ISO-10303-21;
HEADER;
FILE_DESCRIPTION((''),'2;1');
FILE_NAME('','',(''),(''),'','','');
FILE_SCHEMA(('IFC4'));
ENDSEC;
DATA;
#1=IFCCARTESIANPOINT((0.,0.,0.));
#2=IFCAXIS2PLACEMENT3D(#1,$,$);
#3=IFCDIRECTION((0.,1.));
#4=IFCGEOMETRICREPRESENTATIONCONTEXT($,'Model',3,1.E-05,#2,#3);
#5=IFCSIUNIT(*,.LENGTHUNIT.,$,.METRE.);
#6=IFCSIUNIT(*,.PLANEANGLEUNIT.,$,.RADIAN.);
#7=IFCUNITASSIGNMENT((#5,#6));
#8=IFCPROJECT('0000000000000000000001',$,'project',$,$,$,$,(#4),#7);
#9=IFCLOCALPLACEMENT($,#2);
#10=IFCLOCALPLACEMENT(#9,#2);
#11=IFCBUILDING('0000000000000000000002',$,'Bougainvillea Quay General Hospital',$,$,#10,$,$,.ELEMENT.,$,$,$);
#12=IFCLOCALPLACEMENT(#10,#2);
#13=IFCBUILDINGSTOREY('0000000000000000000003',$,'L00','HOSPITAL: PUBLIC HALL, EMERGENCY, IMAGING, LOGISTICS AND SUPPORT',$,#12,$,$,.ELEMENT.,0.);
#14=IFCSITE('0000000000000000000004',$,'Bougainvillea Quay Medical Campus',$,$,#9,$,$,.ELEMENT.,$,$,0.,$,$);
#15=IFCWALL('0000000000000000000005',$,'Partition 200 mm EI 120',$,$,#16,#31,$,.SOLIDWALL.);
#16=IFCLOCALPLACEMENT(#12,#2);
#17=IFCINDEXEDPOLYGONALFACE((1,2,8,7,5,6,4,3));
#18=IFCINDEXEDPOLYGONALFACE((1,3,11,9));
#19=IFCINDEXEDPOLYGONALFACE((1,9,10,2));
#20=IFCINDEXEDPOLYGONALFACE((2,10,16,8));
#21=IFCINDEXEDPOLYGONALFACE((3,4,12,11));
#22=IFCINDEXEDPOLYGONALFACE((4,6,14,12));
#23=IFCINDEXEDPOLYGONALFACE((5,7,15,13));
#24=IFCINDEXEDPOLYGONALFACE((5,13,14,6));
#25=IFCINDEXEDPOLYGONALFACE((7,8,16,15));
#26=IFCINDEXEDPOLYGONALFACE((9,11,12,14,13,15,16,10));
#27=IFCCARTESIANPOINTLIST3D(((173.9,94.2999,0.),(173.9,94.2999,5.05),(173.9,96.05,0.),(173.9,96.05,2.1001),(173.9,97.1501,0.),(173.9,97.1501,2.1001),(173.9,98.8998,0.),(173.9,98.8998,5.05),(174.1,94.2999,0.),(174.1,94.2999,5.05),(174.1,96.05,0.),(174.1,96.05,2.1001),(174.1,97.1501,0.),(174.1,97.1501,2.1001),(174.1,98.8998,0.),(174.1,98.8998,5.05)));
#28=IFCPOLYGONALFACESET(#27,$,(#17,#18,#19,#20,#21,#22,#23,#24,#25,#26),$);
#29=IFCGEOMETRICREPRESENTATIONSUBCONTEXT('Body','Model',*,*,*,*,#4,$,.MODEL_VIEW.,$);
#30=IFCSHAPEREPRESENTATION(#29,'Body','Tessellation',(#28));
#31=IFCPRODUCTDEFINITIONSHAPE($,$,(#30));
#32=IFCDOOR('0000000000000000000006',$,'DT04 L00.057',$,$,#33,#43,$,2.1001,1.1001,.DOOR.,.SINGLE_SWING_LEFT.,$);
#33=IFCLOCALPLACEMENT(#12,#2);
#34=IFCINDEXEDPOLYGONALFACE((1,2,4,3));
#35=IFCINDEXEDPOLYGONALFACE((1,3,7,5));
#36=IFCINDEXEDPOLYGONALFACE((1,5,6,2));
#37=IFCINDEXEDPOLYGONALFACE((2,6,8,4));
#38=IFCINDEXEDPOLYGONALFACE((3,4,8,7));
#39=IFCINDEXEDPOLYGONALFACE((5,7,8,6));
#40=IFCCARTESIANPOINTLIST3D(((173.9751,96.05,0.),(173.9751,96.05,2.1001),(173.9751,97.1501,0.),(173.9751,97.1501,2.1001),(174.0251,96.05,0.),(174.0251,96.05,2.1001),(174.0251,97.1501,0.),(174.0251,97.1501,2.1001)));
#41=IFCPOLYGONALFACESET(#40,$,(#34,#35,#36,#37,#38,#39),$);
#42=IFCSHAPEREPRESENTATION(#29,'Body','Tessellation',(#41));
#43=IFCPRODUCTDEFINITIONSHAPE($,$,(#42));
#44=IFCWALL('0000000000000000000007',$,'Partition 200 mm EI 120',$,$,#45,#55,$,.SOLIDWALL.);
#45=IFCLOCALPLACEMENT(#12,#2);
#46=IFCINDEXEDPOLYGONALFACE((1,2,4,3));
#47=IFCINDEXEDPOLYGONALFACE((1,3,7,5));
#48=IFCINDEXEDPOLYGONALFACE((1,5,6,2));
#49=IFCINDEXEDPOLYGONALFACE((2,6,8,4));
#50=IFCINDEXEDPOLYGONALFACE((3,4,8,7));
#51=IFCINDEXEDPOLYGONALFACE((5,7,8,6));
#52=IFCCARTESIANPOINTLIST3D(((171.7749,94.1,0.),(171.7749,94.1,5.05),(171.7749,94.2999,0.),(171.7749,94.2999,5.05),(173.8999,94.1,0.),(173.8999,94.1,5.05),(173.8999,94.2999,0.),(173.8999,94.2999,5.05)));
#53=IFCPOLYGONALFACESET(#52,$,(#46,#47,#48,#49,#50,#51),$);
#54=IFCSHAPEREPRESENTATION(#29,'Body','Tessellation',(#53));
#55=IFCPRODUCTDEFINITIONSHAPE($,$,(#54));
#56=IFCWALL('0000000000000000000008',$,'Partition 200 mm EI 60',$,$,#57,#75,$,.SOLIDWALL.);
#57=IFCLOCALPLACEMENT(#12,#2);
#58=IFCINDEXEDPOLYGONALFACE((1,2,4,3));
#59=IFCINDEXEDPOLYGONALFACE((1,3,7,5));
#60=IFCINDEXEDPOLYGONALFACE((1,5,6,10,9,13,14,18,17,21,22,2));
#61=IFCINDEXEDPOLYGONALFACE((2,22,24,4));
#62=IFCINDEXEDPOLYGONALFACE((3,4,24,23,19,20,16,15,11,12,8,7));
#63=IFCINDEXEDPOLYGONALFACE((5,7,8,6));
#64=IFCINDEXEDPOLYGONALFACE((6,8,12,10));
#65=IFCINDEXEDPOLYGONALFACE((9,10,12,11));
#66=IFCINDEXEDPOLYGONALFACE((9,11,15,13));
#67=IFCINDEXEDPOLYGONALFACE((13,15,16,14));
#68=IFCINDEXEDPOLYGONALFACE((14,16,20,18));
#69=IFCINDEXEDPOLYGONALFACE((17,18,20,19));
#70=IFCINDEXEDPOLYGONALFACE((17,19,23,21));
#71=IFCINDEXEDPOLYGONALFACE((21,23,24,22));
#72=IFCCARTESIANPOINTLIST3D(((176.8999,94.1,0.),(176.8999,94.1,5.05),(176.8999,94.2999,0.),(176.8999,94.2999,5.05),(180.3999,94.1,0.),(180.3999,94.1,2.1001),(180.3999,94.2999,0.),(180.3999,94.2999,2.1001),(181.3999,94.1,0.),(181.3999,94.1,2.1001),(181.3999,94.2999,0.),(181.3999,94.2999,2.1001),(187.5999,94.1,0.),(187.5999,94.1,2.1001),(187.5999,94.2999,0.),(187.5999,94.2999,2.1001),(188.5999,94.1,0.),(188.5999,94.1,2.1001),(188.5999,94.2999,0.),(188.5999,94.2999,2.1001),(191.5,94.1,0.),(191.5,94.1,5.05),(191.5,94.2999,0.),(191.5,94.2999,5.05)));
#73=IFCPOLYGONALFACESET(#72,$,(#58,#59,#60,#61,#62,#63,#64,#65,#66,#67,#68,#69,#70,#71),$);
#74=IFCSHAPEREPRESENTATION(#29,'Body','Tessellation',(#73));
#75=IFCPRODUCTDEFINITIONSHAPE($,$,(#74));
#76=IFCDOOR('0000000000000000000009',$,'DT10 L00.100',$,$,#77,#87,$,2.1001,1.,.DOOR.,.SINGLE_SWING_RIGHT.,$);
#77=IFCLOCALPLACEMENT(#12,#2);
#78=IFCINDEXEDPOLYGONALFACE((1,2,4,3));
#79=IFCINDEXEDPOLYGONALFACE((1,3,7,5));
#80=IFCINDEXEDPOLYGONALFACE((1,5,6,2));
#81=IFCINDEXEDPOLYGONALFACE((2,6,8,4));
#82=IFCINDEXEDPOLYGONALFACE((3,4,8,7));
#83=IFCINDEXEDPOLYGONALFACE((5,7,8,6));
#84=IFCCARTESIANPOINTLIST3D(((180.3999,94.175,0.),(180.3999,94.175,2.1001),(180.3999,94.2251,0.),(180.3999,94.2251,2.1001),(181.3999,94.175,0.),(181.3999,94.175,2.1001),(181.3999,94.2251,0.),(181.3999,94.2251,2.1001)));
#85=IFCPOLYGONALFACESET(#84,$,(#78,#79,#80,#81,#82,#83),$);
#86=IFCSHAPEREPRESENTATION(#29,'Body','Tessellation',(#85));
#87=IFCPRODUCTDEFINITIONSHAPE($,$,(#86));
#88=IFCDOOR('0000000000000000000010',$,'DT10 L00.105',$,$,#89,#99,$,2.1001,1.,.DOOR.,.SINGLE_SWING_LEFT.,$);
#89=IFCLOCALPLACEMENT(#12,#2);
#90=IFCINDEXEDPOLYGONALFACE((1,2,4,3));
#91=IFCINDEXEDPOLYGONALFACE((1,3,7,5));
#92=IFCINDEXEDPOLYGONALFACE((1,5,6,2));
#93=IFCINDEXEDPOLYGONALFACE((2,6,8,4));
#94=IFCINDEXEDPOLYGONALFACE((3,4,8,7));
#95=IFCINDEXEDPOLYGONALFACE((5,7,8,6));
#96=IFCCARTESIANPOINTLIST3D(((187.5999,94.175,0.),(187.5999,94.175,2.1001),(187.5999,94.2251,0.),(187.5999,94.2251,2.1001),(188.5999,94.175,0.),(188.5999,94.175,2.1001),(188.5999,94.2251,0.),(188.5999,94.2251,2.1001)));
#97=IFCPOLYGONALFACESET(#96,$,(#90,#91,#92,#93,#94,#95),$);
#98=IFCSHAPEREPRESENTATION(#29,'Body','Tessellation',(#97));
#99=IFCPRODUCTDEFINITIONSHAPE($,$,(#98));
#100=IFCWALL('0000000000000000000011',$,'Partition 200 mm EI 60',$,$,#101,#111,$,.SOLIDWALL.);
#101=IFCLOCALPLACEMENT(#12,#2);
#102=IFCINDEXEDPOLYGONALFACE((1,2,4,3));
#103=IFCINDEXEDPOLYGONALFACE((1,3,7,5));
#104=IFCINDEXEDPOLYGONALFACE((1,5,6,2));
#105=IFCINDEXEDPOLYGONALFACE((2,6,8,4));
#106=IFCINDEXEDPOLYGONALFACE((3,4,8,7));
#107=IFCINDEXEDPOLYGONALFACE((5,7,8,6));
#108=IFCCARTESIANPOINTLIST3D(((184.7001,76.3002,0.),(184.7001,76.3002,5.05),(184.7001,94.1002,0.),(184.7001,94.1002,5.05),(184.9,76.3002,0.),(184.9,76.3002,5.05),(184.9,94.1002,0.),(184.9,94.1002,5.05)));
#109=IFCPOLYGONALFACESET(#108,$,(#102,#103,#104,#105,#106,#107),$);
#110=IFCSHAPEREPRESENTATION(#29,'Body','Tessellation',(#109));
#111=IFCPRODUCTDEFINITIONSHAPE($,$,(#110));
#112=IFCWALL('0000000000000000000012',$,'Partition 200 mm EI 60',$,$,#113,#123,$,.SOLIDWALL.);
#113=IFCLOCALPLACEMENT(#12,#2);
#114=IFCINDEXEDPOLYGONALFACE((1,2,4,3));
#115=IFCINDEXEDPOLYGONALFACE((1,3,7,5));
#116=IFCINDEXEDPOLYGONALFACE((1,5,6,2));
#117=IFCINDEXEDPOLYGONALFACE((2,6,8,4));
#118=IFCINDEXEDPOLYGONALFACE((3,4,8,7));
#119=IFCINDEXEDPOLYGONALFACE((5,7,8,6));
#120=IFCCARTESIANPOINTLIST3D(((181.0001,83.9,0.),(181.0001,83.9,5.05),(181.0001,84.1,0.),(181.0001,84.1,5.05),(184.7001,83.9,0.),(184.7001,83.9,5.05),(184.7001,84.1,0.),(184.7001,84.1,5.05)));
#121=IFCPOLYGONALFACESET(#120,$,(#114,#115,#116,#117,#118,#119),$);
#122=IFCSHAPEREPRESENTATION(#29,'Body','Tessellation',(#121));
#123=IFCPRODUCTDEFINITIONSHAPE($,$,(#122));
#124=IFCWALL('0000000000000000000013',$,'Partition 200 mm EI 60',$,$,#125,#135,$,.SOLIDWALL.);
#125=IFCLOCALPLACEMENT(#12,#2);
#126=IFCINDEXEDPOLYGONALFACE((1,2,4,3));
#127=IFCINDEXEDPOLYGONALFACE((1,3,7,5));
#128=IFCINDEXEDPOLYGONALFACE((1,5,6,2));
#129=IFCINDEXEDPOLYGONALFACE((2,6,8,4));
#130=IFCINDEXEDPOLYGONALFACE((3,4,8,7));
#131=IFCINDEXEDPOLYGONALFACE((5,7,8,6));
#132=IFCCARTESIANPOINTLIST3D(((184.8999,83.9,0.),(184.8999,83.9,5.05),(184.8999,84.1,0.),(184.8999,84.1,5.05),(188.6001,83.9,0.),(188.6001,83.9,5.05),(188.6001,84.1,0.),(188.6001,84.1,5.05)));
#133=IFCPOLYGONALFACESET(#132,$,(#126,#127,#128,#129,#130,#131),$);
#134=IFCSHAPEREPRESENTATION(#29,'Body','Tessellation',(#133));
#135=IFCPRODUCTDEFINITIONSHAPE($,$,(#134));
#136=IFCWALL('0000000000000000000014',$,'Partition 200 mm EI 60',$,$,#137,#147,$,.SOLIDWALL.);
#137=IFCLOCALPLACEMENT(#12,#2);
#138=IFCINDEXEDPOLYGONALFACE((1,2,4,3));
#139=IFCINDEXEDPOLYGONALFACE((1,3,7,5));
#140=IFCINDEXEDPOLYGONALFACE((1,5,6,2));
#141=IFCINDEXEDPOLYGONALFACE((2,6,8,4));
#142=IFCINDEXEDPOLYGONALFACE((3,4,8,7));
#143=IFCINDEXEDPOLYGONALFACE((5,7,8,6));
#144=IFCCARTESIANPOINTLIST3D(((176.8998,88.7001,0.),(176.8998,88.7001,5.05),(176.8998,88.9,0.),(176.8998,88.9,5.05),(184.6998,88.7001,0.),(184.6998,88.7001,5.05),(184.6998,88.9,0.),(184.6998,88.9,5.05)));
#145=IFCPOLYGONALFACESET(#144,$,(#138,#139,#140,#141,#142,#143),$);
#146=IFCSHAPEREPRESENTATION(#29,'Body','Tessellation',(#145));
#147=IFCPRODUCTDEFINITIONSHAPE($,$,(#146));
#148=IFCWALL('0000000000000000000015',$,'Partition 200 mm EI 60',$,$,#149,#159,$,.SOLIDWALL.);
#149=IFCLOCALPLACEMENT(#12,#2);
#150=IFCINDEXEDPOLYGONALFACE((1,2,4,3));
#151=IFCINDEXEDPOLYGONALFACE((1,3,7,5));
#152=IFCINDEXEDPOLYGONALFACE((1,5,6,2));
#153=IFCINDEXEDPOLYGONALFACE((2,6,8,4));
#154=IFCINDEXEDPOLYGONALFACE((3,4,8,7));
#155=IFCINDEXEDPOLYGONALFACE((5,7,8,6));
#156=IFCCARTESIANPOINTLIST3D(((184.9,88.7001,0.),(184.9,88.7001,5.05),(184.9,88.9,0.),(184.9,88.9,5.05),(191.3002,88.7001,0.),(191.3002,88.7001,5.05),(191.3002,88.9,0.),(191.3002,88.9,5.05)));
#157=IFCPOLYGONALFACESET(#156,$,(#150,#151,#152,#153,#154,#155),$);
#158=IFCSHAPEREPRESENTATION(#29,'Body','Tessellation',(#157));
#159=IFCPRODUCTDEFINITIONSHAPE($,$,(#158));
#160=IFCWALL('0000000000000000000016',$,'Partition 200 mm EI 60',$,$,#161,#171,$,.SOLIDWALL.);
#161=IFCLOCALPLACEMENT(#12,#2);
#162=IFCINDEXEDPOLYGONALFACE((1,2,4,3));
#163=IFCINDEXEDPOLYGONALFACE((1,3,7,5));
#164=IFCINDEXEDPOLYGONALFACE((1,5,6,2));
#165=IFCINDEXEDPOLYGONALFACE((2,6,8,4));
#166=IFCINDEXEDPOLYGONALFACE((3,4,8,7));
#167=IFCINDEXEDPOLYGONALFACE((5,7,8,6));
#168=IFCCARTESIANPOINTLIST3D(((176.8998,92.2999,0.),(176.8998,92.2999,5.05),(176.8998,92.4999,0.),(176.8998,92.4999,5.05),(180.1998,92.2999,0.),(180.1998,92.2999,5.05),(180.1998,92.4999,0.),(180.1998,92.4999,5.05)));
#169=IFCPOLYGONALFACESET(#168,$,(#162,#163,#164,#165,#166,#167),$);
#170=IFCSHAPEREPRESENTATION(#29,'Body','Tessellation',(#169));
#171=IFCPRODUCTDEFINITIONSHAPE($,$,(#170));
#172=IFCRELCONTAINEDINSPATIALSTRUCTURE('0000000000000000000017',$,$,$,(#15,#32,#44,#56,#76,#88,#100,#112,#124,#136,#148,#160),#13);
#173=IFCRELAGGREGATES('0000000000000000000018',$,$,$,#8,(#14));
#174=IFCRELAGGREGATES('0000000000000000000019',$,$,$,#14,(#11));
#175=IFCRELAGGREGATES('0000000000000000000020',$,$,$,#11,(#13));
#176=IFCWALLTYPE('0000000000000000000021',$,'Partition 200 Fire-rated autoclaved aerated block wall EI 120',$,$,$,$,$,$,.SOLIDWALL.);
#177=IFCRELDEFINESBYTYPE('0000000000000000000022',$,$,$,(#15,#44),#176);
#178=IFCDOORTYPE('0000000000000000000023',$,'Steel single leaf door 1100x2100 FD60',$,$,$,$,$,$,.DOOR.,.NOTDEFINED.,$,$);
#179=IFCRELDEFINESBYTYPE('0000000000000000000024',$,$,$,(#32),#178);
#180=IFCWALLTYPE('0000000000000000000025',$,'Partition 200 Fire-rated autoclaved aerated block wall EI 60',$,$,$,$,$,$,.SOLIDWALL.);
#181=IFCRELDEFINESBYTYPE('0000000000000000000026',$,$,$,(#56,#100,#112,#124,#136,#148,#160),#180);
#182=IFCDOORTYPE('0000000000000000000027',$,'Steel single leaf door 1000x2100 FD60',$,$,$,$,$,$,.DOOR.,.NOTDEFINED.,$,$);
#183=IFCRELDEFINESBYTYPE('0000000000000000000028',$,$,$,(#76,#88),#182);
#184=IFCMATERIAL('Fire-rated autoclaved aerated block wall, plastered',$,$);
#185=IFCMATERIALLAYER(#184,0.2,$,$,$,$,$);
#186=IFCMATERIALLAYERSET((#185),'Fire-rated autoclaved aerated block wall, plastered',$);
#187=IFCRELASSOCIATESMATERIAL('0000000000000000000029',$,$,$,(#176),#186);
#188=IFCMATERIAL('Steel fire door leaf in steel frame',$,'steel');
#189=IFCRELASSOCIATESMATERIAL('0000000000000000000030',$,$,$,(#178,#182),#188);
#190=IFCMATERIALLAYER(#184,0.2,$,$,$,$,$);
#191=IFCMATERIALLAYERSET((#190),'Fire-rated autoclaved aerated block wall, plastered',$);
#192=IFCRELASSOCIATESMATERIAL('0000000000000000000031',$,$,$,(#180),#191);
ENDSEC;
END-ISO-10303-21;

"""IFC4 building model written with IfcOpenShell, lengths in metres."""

from ifc_helpers import new_model, si_unit, direction, frame, frame_2d, origin, place, context, subcontext, project, spatial, rectangle, extrude, material, layer, layer_set, type_object, element, fill, save


model = new_model("IFC4")

# Units and contexts
model_context = context("Model", 3, precision=1e-05, world=origin(), true_north=direction((0.0, 1.0)))
body_context = subcontext(model_context, "Body", "Model", "MODEL_VIEW")
ifc_project = project(units=[si_unit("LENGTHUNIT", "METRE"), si_unit("PLANEANGLEUNIT", "RADIAN")], contexts=[model_context])

# Site, building, storey
site_placement = place(None, origin())
site = spatial("IfcSite", under=ifc_project, at=site_placement, Name="Bougainvillea Quay Medical Campus", CompositionType="ELEMENT", RefElevation=0.0)
building_placement = place(site_placement, origin())
building = spatial("IfcBuilding", under=site, at=building_placement, Name="Bougainvillea Quay General Hospital", CompositionType="ELEMENT")
storey_placement = place(building_placement, origin())
storey = spatial("IfcBuildingStorey", under=building, at=storey_placement, Name="L00", Description="HOSPITAL: PUBLIC HALL, EMERGENCY, IMAGING, LOGISTICS AND SUPPORT", CompositionType="ELEMENT", Elevation=0.0)

# Wall, opening, door
ifc_material_1 = material(Name="Fire-rated autoclaved aerated block wall, plastered")
ifc_layer_1 = layer(ifc_material_1, 0.2)
ifc_layer_set_1 = layer_set([ifc_layer_1], Name="Fire-rated autoclaved aerated block wall, plastered")
wall_type_1 = type_object("IfcWallType", Name="Partition 200 Fire-rated autoclaved aerated block wall EI 120", PredefinedType="SOLIDWALL", material=ifc_layer_set_1)
wall_1_placement = place(storey_placement, frame((174.0, 94.3, 0.0), z_axis=(0.0, 0.0, 1.0), x_axis=(0.0, 1.0, 0.0)))
wall_1 = element("IfcWall", 1, at=wall_1_placement, inside=storey, type_object=wall_type_1, Name="Partition 200 mm EI 120", PredefinedType="SOLIDWALL", context=body_context, shape_type="SweptSolid", body=[
    extrude(rectangle(XDim=4.5999, YDim=0.2, at=frame_2d((2.2998, 0.0))), origin(), (0.0, 0.0, 1.0), 5.05),
])
opening_1_placement = place(wall_1_placement, frame((1.75, 0.0, 0.0)))
opening_1 = element("IfcOpeningElement", 2, at=opening_1_placement, cuts=wall_1, PredefinedType="OPENING", context=body_context, shape_type="SweptSolid", body=[
    extrude(rectangle(XDim=1.1001, YDim=2.1001, at=frame_2d((0.55, 1.05))), frame((0.0, 0.1099, 0.0), z_axis=(0.0, -1.0, 0.0), x_axis=(1.0, 0.0, 0.0)), (0.0, 0.0, 1.0), 0.22),
])
ifc_material_2 = material(Name="Steel fire door leaf in steel frame", Category="steel")
door_type_1 = type_object("IfcDoorType", Name="Steel single leaf door 1100x2100 FD60", OperationType="NOTDEFINED", PredefinedType="DOOR", material=ifc_material_2)
door_1_placement = place(opening_1_placement, origin())
door_1 = element("IfcDoor", 3, at=door_1_placement, inside=storey, type_object=door_type_1, Name="DT04 L00.057", OperationType="SINGLE_SWING_LEFT", OverallHeight=2.1001, OverallWidth=1.1001, PredefinedType="DOOR", context=body_context, shape_type="SweptSolid", body=[
    extrude(rectangle(XDim=1.1001, YDim=2.1001, at=frame_2d((0.55, 1.05))), frame((0.0, 0.0249, 0.0), z_axis=(0.0, -1.0, 0.0), x_axis=(1.0, 0.0, 0.0)), (0.0, 0.0, 1.0), 0.05),
])
fill(opening_1, door_1)

# Wall
wall_2_placement = place(storey_placement, frame((171.7749, 94.2, 0.0), z_axis=(0.0, 0.0, 1.0), x_axis=(1.0, 0.0, 0.0)))
element("IfcWall", 4, at=wall_2_placement, inside=storey, type_object=wall_type_1, Name="Partition 200 mm EI 120", PredefinedType="SOLIDWALL", context=body_context, shape_type="SweptSolid", body=[
    extrude(rectangle(XDim=2.125, YDim=0.2, at=frame_2d((1.0625, 0.0))), origin(), (0.0, 0.0, 1.0), 5.05),
])

# Wall, openings, doors
ifc_layer_2 = layer(ifc_material_1, 0.2)
ifc_layer_set_2 = layer_set([ifc_layer_2], Name="Fire-rated autoclaved aerated block wall, plastered")
wall_type_2 = type_object("IfcWallType", Name="Partition 200 Fire-rated autoclaved aerated block wall EI 60", PredefinedType="SOLIDWALL", material=ifc_layer_set_2)
wall_3_placement = place(storey_placement, frame((176.8999, 94.2, 0.0), z_axis=(0.0, 0.0, 1.0), x_axis=(1.0, 0.0, 0.0)))
wall_3 = element("IfcWall", 5, at=wall_3_placement, inside=storey, type_object=wall_type_2, Name="Partition 200 mm EI 60", PredefinedType="SOLIDWALL", context=body_context, shape_type="SweptSolid", body=[
    extrude(rectangle(XDim=14.6001, YDim=0.2, at=frame_2d((7.3, 0.0))), origin(), (0.0, 0.0, 1.0), 5.05),
])
opening_2_placement = place(wall_3_placement, frame((3.5, 0.0, 0.0)))
opening_2 = element("IfcOpeningElement", 6, at=opening_2_placement, cuts=wall_3, PredefinedType="OPENING", context=body_context, shape_type="SweptSolid", body=[
    extrude(rectangle(XDim=1.0, YDim=2.1001, at=frame_2d((0.5, 1.05))), frame((0.0, 0.1099, 0.0), z_axis=(0.0, -1.0, 0.0), x_axis=(1.0, 0.0, 0.0)), (0.0, 0.0, 1.0), 0.22),
])
opening_3_placement = place(wall_3_placement, frame((10.7, 0.0, 0.0)))
opening_3 = element("IfcOpeningElement", 7, at=opening_3_placement, cuts=wall_3, PredefinedType="OPENING", context=body_context, shape_type="SweptSolid", body=[
    extrude(rectangle(XDim=1.0, YDim=2.1001, at=frame_2d((0.5, 1.05))), frame((0.0, 0.1099, 0.0), z_axis=(0.0, -1.0, 0.0), x_axis=(1.0, 0.0, 0.0)), (0.0, 0.0, 1.0), 0.22),
])
door_type_2 = type_object("IfcDoorType", Name="Steel single leaf door 1000x2100 FD60", OperationType="NOTDEFINED", PredefinedType="DOOR", material=ifc_material_2)
door_2_placement = place(opening_2_placement, frame((1.0, 0.0, 0.0), z_axis=(0.0, 0.0, 1.0), x_axis=(-1.0, 0.0, 0.0)))
door_2 = element("IfcDoor", 8, at=door_2_placement, inside=storey, type_object=door_type_2, Name="DT10 L00.100", OperationType="SINGLE_SWING_RIGHT", OverallHeight=2.1001, OverallWidth=1.0, PredefinedType="DOOR", context=body_context, shape_type="SweptSolid", body=[
    extrude(rectangle(XDim=1.0, YDim=2.1001, at=frame_2d((0.5, 1.05))), frame((0.0, 0.0249, 0.0), z_axis=(0.0, -1.0, 0.0), x_axis=(1.0, 0.0, 0.0)), (0.0, 0.0, 1.0), 0.05),
])
fill(opening_2, door_2)
door_3_placement = place(opening_3_placement, frame((1.0, 0.0, 0.0), z_axis=(0.0, 0.0, 1.0), x_axis=(-1.0, 0.0, 0.0)))
door_3 = element("IfcDoor", 9, at=door_3_placement, inside=storey, type_object=door_type_2, Name="DT10 L00.105", OperationType="SINGLE_SWING_LEFT", OverallHeight=2.1001, OverallWidth=1.0, PredefinedType="DOOR", context=body_context, shape_type="SweptSolid", body=[
    extrude(rectangle(XDim=1.0, YDim=2.1001, at=frame_2d((0.5, 1.05))), frame((0.0, 0.0249, 0.0), z_axis=(0.0, -1.0, 0.0), x_axis=(1.0, 0.0, 0.0)), (0.0, 0.0, 1.0), 0.05),
])
fill(opening_3, door_3)

# Walls
wall_4_placement = place(storey_placement, frame((184.8, 94.1001, 0.0), z_axis=(0.0, 0.0, 1.0), x_axis=(0.0, -1.0, 0.0)))
element("IfcWall", 10, at=wall_4_placement, inside=storey, type_object=wall_type_2, Name="Partition 200 mm EI 60", PredefinedType="SOLIDWALL", context=body_context, shape_type="SweptSolid", body=[
    extrude(rectangle(XDim=17.8, YDim=0.2, at=frame_2d((8.8999, 0.0))), origin(), (0.0, 0.0, 1.0), 5.05),
])
wall_5_placement = place(storey_placement, frame((181.0, 84.0, 0.0), z_axis=(0.0, 0.0, 1.0), x_axis=(1.0, 0.0, 0.0)))
element("IfcWall", 11, at=wall_5_placement, inside=storey, type_object=wall_type_2, Name="Partition 200 mm EI 60", PredefinedType="SOLIDWALL", context=body_context, shape_type="SweptSolid", body=[
    extrude(rectangle(XDim=3.7, YDim=0.2, at=frame_2d((1.8501, 0.0))), origin(), (0.0, 0.0, 1.0), 5.05),
])
wall_6_placement = place(storey_placement, frame((184.8999, 84.0, 0.0), z_axis=(0.0, 0.0, 1.0), x_axis=(1.0, 0.0, 0.0)))
element("IfcWall", 12, at=wall_6_placement, inside=storey, type_object=wall_type_2, Name="Partition 200 mm EI 60", PredefinedType="SOLIDWALL", context=body_context, shape_type="SweptSolid", body=[
    extrude(rectangle(XDim=3.7002, YDim=0.2, at=frame_2d((1.8501, 0.0))), origin(), (0.0, 0.0, 1.0), 5.05),
])
wall_7_placement = place(storey_placement, frame((176.8999, 88.8, 0.0), z_axis=(0.0, 0.0, 1.0), x_axis=(1.0, 0.0, 0.0)))
element("IfcWall", 13, at=wall_7_placement, inside=storey, type_object=wall_type_2, Name="Partition 200 mm EI 60", PredefinedType="SOLIDWALL", context=body_context, shape_type="SweptSolid", body=[
    extrude(rectangle(XDim=7.8, YDim=0.2, at=frame_2d((3.8999, 0.0))), origin(), (0.0, 0.0, 1.0), 5.05),
])
wall_8_placement = place(storey_placement, frame((184.8999, 88.8, 0.0), z_axis=(0.0, 0.0, 1.0), x_axis=(1.0, 0.0, 0.0)))
element("IfcWall", 14, at=wall_8_placement, inside=storey, type_object=wall_type_2, Name="Partition 200 mm EI 60", PredefinedType="SOLIDWALL", context=body_context, shape_type="SweptSolid", body=[
    extrude(rectangle(XDim=6.4001, YDim=0.2, at=frame_2d((3.2002, 0.0))), origin(), (0.0, 0.0, 1.0), 5.05),
])
wall_9_placement = place(storey_placement, frame((176.8999, 92.3999, 0.0), z_axis=(0.0, 0.0, 1.0), x_axis=(1.0, 0.0, 0.0)))
element("IfcWall", 15, at=wall_9_placement, inside=storey, type_object=wall_type_2, Name="Partition 200 mm EI 60", PredefinedType="SOLIDWALL", context=body_context, shape_type="SweptSolid", body=[
    extrude(rectangle(XDim=3.3, YDim=0.2, at=frame_2d((1.6499, 0.0))), origin(), (0.0, 0.0, 1.0), 5.05),
])

save(model, "model.ifc")
